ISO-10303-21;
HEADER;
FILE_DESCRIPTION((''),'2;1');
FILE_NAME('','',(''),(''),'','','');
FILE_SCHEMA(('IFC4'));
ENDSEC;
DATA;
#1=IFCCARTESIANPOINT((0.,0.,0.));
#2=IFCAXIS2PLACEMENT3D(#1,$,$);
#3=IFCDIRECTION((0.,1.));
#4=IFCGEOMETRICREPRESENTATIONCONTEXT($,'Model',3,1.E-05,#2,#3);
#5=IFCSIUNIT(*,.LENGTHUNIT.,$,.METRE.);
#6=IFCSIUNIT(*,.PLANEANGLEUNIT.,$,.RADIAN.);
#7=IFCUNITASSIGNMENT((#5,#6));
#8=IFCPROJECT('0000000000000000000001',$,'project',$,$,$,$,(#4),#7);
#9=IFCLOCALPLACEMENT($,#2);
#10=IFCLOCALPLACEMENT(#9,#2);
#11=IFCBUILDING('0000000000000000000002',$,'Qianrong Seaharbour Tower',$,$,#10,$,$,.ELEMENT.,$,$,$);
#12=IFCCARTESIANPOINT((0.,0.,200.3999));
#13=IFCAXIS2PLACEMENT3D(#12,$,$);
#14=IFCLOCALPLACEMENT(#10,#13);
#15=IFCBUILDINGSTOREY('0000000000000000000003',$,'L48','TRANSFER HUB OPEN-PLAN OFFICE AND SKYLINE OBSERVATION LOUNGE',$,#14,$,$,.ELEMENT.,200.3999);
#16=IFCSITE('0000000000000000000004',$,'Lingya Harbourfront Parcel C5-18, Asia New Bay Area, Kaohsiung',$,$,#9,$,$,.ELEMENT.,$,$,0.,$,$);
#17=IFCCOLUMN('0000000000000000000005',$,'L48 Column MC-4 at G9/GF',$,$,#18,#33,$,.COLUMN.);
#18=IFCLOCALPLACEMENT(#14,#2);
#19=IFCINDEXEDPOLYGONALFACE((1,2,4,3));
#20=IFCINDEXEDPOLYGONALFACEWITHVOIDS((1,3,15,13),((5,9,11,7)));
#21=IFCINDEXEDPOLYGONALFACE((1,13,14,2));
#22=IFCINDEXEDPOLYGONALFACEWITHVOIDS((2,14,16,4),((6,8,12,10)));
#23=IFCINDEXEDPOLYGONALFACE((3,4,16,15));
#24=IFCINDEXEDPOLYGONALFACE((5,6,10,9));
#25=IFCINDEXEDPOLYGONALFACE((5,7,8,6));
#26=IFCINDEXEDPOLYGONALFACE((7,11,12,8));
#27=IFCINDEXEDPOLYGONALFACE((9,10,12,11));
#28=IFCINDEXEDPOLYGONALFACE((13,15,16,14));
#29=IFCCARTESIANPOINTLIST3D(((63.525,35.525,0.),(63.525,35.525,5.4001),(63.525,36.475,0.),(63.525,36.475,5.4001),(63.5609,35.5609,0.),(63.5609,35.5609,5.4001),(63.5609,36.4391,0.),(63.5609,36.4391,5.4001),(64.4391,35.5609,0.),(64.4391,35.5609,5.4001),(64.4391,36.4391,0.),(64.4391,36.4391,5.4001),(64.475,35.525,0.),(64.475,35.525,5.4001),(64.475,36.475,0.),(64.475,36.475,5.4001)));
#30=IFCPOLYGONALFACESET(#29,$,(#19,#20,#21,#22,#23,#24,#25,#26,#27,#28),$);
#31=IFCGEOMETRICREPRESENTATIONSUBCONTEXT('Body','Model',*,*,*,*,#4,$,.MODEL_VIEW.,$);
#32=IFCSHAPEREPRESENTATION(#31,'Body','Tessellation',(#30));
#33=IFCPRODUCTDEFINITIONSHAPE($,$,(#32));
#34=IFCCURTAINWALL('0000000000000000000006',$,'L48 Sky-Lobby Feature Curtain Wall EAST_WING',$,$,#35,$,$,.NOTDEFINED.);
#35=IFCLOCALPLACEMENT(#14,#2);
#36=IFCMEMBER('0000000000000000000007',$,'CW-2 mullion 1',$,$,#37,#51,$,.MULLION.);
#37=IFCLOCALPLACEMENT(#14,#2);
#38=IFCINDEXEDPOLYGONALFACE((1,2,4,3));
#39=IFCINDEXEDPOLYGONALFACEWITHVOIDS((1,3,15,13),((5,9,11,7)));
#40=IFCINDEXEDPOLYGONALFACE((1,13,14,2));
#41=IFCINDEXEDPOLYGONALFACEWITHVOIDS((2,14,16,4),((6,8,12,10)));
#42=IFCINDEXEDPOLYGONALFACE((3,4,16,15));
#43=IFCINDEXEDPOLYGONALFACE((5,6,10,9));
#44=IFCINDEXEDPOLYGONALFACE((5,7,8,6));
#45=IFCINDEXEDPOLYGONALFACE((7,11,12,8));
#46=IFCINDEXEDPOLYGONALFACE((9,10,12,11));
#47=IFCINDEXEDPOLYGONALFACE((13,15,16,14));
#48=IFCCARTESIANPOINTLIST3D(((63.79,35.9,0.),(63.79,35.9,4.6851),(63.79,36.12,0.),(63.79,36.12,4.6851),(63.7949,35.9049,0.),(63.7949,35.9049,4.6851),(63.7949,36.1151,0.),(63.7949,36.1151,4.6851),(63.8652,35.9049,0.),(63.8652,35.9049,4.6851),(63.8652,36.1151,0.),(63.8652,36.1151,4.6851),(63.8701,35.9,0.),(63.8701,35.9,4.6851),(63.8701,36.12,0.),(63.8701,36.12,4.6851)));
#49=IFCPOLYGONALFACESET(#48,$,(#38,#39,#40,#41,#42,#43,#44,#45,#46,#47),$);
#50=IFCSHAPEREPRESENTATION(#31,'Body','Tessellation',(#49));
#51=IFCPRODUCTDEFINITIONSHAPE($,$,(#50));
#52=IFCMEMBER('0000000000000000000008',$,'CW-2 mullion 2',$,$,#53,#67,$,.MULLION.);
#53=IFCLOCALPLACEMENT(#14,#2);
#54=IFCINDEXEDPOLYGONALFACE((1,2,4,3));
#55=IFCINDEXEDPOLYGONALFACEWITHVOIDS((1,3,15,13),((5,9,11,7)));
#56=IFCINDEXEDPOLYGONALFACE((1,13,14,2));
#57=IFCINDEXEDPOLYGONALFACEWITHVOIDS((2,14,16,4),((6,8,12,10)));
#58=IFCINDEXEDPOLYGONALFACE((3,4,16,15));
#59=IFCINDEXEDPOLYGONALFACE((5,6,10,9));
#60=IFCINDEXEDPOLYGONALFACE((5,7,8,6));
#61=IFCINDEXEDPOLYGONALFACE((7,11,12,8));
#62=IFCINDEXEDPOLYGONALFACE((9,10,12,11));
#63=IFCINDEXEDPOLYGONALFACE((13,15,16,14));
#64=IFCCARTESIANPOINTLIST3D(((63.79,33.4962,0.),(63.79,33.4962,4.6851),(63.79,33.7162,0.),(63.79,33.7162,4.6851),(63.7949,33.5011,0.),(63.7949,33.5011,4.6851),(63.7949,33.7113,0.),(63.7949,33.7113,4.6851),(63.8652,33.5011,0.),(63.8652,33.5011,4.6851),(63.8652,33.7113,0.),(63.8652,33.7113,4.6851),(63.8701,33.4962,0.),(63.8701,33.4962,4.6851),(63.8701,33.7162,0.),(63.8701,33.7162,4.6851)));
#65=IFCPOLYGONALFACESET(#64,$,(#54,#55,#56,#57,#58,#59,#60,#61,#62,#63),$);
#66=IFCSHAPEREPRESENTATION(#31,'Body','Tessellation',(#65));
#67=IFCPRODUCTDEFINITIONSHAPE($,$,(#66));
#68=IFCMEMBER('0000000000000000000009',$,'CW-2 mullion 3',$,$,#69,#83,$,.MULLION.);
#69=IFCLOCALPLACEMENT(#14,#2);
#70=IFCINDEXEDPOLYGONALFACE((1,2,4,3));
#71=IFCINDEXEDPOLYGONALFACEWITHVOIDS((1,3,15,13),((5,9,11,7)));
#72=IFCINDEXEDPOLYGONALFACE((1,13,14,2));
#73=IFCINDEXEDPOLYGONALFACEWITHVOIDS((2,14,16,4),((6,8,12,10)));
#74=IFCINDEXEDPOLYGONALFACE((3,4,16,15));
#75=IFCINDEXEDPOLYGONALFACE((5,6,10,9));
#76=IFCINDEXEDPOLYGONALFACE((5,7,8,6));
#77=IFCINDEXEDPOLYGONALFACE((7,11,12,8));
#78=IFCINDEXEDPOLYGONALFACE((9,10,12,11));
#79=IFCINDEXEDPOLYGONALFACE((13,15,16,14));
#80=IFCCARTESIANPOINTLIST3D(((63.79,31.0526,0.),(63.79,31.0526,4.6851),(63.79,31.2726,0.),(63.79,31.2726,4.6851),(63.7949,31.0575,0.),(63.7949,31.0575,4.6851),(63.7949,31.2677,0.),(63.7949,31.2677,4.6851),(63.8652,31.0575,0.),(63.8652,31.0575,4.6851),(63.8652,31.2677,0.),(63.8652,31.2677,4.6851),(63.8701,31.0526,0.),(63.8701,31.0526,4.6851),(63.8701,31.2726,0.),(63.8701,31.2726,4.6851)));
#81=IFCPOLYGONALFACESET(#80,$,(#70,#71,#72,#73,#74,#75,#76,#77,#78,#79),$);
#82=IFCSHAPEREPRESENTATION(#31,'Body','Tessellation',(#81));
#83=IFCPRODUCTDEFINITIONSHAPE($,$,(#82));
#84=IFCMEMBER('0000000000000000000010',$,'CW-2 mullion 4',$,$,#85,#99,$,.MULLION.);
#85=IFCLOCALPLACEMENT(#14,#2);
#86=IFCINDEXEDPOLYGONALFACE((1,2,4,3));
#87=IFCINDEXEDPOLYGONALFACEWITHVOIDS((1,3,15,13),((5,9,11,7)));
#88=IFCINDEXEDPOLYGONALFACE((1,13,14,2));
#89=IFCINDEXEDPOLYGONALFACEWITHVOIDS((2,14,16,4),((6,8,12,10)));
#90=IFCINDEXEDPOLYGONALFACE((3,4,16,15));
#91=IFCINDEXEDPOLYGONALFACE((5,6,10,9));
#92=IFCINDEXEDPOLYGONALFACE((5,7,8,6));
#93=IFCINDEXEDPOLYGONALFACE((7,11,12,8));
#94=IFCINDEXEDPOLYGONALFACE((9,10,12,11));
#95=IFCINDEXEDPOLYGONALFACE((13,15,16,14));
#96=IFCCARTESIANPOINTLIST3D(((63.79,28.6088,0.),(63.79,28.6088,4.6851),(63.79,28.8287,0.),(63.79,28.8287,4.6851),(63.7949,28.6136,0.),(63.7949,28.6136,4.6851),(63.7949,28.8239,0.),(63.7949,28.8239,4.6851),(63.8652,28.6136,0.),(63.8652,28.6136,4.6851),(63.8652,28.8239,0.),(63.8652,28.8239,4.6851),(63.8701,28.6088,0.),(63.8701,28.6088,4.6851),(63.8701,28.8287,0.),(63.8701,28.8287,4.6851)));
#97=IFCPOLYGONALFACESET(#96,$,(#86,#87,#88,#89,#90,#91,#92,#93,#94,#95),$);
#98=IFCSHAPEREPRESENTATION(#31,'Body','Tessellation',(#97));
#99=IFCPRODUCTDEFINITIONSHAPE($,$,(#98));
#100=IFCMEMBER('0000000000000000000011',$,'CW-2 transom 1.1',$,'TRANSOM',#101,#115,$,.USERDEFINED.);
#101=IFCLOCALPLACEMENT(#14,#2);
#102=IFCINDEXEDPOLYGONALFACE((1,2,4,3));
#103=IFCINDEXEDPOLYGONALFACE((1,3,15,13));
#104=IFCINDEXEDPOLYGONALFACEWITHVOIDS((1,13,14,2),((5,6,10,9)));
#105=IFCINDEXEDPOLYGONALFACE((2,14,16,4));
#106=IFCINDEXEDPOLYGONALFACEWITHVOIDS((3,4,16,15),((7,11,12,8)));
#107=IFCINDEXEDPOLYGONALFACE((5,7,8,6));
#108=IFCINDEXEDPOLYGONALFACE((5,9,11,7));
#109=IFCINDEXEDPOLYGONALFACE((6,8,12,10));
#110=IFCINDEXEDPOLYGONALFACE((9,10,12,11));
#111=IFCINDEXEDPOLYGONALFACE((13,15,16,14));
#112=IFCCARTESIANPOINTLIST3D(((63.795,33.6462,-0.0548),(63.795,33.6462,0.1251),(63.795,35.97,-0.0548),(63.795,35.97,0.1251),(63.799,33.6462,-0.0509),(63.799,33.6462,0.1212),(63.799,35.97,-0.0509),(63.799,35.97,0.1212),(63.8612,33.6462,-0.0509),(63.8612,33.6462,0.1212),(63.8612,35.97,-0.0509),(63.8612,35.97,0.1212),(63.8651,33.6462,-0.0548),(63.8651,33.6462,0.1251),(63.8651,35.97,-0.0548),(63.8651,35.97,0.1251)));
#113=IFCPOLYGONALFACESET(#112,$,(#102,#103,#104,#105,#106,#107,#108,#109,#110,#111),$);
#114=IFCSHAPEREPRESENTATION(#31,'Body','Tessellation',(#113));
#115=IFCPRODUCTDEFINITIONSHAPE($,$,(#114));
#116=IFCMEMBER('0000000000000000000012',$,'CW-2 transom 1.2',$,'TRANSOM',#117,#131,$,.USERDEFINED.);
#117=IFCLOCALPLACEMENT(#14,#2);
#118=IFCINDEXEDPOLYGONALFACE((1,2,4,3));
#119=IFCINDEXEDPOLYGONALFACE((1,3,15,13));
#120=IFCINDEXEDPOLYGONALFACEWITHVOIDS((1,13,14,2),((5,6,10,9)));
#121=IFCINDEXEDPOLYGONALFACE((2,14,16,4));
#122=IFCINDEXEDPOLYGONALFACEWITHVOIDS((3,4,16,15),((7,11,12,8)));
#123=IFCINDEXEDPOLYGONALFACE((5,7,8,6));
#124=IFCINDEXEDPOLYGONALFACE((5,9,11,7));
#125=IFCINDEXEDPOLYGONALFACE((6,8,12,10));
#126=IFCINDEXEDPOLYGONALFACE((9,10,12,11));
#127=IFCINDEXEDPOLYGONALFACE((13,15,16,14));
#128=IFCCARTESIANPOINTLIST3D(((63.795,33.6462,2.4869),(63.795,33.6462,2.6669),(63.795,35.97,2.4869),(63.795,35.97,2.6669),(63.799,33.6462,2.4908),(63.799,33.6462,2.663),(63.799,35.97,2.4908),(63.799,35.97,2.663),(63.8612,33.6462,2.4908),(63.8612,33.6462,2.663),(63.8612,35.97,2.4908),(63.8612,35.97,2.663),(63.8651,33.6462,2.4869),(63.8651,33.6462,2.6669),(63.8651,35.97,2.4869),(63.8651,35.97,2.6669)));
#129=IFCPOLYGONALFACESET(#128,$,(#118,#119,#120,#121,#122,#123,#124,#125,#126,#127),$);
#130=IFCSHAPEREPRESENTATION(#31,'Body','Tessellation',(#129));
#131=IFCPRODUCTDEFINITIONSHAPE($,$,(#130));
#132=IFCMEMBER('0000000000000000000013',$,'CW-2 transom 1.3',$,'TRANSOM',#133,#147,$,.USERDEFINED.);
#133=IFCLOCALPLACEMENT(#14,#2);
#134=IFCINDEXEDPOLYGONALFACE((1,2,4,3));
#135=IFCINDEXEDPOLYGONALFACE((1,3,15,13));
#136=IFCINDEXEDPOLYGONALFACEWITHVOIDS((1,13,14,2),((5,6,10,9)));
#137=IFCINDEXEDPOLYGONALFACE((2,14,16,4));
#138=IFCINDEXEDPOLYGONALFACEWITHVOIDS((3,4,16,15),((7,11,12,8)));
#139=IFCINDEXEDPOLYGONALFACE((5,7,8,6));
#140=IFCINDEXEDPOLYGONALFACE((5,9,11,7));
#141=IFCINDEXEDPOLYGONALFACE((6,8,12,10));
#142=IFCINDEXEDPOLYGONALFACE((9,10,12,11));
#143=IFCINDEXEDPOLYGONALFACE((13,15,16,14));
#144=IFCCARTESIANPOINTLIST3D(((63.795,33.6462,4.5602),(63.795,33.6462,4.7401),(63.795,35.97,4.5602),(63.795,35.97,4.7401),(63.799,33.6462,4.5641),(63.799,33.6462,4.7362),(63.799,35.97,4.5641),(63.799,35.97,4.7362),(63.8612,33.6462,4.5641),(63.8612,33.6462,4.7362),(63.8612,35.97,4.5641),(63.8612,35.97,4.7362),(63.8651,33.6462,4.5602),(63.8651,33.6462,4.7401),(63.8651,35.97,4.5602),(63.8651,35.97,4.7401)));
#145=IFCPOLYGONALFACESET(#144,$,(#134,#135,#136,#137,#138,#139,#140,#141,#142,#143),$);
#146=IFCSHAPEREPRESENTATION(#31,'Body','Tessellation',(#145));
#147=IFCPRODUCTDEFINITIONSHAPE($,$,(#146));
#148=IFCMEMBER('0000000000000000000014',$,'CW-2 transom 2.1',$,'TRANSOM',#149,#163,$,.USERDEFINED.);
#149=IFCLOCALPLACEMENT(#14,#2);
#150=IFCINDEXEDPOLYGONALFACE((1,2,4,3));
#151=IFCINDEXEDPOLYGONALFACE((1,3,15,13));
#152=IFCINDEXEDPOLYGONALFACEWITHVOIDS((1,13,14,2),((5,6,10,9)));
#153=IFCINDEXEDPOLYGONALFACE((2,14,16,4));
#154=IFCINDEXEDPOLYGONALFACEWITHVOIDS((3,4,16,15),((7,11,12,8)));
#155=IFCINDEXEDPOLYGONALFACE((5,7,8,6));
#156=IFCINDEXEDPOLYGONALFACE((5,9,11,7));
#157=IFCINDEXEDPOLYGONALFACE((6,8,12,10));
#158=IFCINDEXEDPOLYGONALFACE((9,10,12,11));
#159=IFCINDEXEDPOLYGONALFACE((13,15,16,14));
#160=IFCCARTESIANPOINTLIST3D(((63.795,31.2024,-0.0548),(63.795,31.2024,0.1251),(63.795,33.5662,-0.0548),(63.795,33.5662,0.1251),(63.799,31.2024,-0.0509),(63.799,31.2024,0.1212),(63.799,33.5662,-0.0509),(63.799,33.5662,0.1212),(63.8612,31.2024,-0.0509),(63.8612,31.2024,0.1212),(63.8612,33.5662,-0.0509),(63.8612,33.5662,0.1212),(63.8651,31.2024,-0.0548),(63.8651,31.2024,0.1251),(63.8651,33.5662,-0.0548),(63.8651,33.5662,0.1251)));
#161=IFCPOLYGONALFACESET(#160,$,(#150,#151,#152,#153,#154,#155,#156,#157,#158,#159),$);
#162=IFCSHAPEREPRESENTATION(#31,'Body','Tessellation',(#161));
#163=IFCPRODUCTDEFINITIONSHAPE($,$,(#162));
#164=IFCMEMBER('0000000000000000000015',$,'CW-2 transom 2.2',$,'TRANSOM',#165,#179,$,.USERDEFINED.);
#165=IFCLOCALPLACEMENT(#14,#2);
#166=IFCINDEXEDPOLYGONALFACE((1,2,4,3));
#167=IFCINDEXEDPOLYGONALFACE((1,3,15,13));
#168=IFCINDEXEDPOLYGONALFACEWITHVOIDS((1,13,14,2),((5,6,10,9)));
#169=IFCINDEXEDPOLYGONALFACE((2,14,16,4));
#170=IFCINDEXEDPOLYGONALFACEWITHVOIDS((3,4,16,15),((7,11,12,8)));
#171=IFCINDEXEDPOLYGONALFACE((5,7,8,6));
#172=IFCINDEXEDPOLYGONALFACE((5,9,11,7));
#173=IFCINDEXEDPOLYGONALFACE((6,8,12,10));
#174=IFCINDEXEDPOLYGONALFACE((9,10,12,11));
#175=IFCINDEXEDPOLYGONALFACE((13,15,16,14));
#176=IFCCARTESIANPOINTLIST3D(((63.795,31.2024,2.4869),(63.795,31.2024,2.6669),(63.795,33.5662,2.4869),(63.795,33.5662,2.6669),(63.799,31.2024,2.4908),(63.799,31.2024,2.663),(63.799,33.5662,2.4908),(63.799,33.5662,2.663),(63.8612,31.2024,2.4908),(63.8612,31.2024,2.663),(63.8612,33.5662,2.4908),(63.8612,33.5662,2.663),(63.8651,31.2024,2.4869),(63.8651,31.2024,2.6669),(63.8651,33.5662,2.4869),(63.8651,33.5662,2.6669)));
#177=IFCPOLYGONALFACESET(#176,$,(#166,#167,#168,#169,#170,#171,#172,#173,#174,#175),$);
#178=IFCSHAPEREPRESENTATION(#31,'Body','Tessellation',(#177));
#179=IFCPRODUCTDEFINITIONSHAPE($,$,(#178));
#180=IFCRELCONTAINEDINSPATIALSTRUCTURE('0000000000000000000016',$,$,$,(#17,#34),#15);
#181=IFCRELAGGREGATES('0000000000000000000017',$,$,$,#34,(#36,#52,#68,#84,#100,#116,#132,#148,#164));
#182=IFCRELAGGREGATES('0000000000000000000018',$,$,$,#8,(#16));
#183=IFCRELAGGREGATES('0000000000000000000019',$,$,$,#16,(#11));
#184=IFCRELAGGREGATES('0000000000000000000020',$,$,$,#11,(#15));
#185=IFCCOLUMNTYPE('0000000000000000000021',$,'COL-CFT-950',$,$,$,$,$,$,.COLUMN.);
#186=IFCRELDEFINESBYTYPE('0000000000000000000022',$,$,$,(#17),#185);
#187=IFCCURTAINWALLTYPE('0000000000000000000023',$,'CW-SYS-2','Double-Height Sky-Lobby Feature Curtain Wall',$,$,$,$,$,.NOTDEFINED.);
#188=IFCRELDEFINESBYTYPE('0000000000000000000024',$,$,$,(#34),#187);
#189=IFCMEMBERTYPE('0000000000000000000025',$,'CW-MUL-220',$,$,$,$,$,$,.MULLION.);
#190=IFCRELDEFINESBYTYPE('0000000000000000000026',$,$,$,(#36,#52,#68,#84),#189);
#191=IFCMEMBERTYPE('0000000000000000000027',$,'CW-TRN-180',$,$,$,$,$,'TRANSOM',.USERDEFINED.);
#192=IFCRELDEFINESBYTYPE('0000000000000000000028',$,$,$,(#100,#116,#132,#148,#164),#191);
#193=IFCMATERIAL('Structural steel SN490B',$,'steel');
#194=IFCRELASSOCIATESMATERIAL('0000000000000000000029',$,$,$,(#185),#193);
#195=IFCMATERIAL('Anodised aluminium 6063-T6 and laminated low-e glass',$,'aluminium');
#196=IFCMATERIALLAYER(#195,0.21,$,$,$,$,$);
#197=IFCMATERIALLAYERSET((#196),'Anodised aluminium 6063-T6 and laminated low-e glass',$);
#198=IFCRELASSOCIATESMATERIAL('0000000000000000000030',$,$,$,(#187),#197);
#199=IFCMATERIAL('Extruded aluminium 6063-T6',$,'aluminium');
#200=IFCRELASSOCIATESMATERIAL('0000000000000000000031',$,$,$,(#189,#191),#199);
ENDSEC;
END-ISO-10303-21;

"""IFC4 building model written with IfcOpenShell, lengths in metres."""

from ifc_helpers import new_model, si_unit, direction, frame, origin, origin_2d, place, context, subcontext, project, spatial, hollow_rectangle, extrude, material, layer, layer_set, material_profile, profile_set, type_object, element, aggregate, save


model = new_model("IFC4")

# Units and contexts
model_context = context("Model", 3, precision=1e-05, world=origin(), true_north=direction((0.0, 1.0)))
body_context = subcontext(model_context, "Body", "Model", "MODEL_VIEW")
ifc_project = project(units=[si_unit("LENGTHUNIT", "METRE"), si_unit("PLANEANGLEUNIT", "RADIAN")], contexts=[model_context])

# Site, building, storey
site_placement = place(None, origin())
site = spatial("IfcSite", under=ifc_project, at=site_placement, Name="Lingya Harbourfront Parcel C5-18, Asia New Bay Area, Kaohsiung", CompositionType="ELEMENT", RefElevation=0.0)
building_placement = place(site_placement, origin())
building = spatial("IfcBuilding", under=site, at=building_placement, Name="Qianrong Seaharbour Tower", CompositionType="ELEMENT")
storey_placement = place(building_placement, frame((0.0, 0.0, 200.3999)))
storey = spatial("IfcBuildingStorey", under=building, at=storey_placement, Name="L48", Description="TRANSFER HUB OPEN-PLAN OFFICE AND SKYLINE OBSERVATION LOUNGE", CompositionType="ELEMENT", Elevation=200.3999)

# Column
ifc_material_1 = material(Name="Structural steel SN490B", Category="steel")
ifc_material_profile_1 = material_profile(ifc_material_1, hollow_rectangle(XDim=0.95, YDim=0.95, WallThickness=0.0359, at=origin_2d()), Name="BOX950x950x36")
ifc_profile_set_1 = profile_set([ifc_material_profile_1], Name="Structural steel SN490B")
column_type = type_object("IfcColumnType", Name="COL-CFT-950", PredefinedType="COLUMN", material=ifc_profile_set_1)
column_placement = place(storey_placement, frame((64.0, 36.0, 0.0), z_axis=(0.0, 0.0, 1.0), x_axis=(1.0, 0.0, 0.0)))
element("IfcColumn", 1, at=column_placement, inside=storey, type_object=column_type, Name="L48 Column MC-4 at G9/GF", PredefinedType="COLUMN", context=body_context, shape_type="SweptSolid", body=[
    extrude(hollow_rectangle(XDim=0.95, YDim=0.95, WallThickness=0.0359, at=origin_2d()), origin(), (0.0, 0.0, 1.0), 5.4001),
])

# Curtain wall, members
ifc_material_2 = material(Name="Anodised aluminium 6063-T6 and laminated low-e glass", Category="aluminium")
ifc_layer_1 = layer(ifc_material_2, 0.21)
ifc_layer_set_1 = layer_set([ifc_layer_1], Name="Anodised aluminium 6063-T6 and laminated low-e glass")
curtain_wall_type = type_object("IfcCurtainWallType", Name="CW-SYS-2", Description="Double-Height Sky-Lobby Feature Curtain Wall", PredefinedType="NOTDEFINED", material=ifc_layer_set_1)
curtain_wall_placement = place(storey_placement, origin())
curtain_wall = element("IfcCurtainWall", 2, at=curtain_wall_placement, inside=storey, type_object=curtain_wall_type, Name="L48 Sky-Lobby Feature Curtain Wall EAST_WING", PredefinedType="NOTDEFINED")
ifc_material_3 = material(Name="Extruded aluminium 6063-T6", Category="aluminium")
ifc_material_profile_2 = material_profile(ifc_material_3, hollow_rectangle(XDim=0.0801, YDim=0.22, WallThickness=0.0049, at=origin_2d()), Name="ALU-MUL-220x80x5")
ifc_profile_set_2 = profile_set([ifc_material_profile_2], Name="Extruded aluminium 6063-T6")
member_type_1 = type_object("IfcMemberType", Name="CW-MUL-220", PredefinedType="MULLION", material=ifc_profile_set_2)
member_1_placement = place(storey_placement, frame((63.8301, 36.01, 0.0), z_axis=(0.0, 0.0, 1.0), x_axis=(1.0, 0.0, 0.0)))
member_1 = element("IfcMember", 3, at=member_1_placement, type_object=member_type_1, Name="CW-2 mullion 1", PredefinedType="MULLION", context=body_context, shape_type="SweptSolid", body=[
    extrude(hollow_rectangle(XDim=0.0801, YDim=0.22, WallThickness=0.0049, at=origin_2d()), origin(), (0.0, 0.0, 1.0), 4.6851),
])
member_2_placement = place(storey_placement, frame((63.8301, 33.6062, 0.0), z_axis=(0.0, 0.0, 1.0), x_axis=(1.0, 0.0, 0.0)))
member_2 = element("IfcMember", 4, at=member_2_placement, type_object=member_type_1, Name="CW-2 mullion 2", PredefinedType="MULLION", context=body_context, shape_type="SweptSolid", body=[
    extrude(hollow_rectangle(XDim=0.0801, YDim=0.22, WallThickness=0.0049, at=origin_2d()), origin(), (0.0, 0.0, 1.0), 4.6851),
])
member_3_placement = place(storey_placement, frame((63.8301, 31.1626, 0.0), z_axis=(0.0, 0.0, 1.0), x_axis=(1.0, 0.0, 0.0)))
member_3 = element("IfcMember", 5, at=member_3_placement, type_object=member_type_1, Name="CW-2 mullion 3", PredefinedType="MULLION", context=body_context, shape_type="SweptSolid", body=[
    extrude(hollow_rectangle(XDim=0.0801, YDim=0.22, WallThickness=0.0049, at=origin_2d()), origin(), (0.0, 0.0, 1.0), 4.6851),
])
member_4_placement = place(storey_placement, frame((63.8301, 28.7188, 0.0), z_axis=(0.0, 0.0, 1.0), x_axis=(1.0, 0.0, 0.0)))
member_4 = element("IfcMember", 6, at=member_4_placement, type_object=member_type_1, Name="CW-2 mullion 4", PredefinedType="MULLION", context=body_context, shape_type="SweptSolid", body=[
    extrude(hollow_rectangle(XDim=0.0801, YDim=0.22, WallThickness=0.0049, at=origin_2d()), origin(), (0.0, 0.0, 1.0), 4.6851),
])
ifc_material_profile_3 = material_profile(ifc_material_3, hollow_rectangle(XDim=0.0701, YDim=0.1799, WallThickness=0.0039, at=origin_2d()), Name="ALU-TRN-180x70x4")
ifc_profile_set_3 = profile_set([ifc_material_profile_3], Name="Extruded aluminium 6063-T6")
member_type_2 = type_object("IfcMemberType", Name="CW-TRN-180", ElementType="TRANSOM", PredefinedType="USERDEFINED", material=ifc_profile_set_3)
member_5_placement = place(storey_placement, frame((63.8301, 35.97, 0.0352), z_axis=(0.0, -1.0, 0.0), x_axis=(1.0, 0.0, 0.0)))
member_5 = element("IfcMember", 7, at=member_5_placement, type_object=member_type_2, Name="CW-2 transom 1.1", ObjectType="TRANSOM", PredefinedType="USERDEFINED", context=body_context, shape_type="SweptSolid", body=[
    extrude(hollow_rectangle(XDim=0.0701, YDim=0.1799, WallThickness=0.0039, at=origin_2d()), origin(), (0.0, 0.0, 1.0), 2.3237),
])
member_6_placement = place(storey_placement, frame((63.8301, 35.97, 2.5769), z_axis=(0.0, -1.0, 0.0), x_axis=(1.0, 0.0, 0.0)))
member_6 = element("IfcMember", 8, at=member_6_placement, type_object=member_type_2, Name="CW-2 transom 1.2", ObjectType="TRANSOM", PredefinedType="USERDEFINED", context=body_context, shape_type="SweptSolid", body=[
    extrude(hollow_rectangle(XDim=0.0701, YDim=0.1799, WallThickness=0.0039, at=origin_2d()), origin(), (0.0, 0.0, 1.0), 2.3237),
])
member_7_placement = place(storey_placement, frame((63.8301, 35.97, 4.6501), z_axis=(0.0, -1.0, 0.0), x_axis=(1.0, 0.0, 0.0)))
member_7 = element("IfcMember", 9, at=member_7_placement, type_object=member_type_2, Name="CW-2 transom 1.3", ObjectType="TRANSOM", PredefinedType="USERDEFINED", context=body_context, shape_type="SweptSolid", body=[
    extrude(hollow_rectangle(XDim=0.0701, YDim=0.1799, WallThickness=0.0039, at=origin_2d()), origin(), (0.0, 0.0, 1.0), 2.3237),
])
member_8_placement = place(storey_placement, frame((63.8301, 33.5662, 0.0352), z_axis=(0.0, -1.0, 0.0), x_axis=(1.0, 0.0, 0.0)))
member_8 = element("IfcMember", 10, at=member_8_placement, type_object=member_type_2, Name="CW-2 transom 2.1", ObjectType="TRANSOM", PredefinedType="USERDEFINED", context=body_context, shape_type="SweptSolid", body=[
    extrude(hollow_rectangle(XDim=0.0701, YDim=0.1799, WallThickness=0.0039, at=origin_2d()), origin(), (0.0, 0.0, 1.0), 2.3638),
])
member_9_placement = place(storey_placement, frame((63.8301, 33.5662, 2.5769), z_axis=(0.0, -1.0, 0.0), x_axis=(1.0, 0.0, 0.0)))
member_9 = element("IfcMember", 11, at=member_9_placement, type_object=member_type_2, Name="CW-2 transom 2.2", ObjectType="TRANSOM", PredefinedType="USERDEFINED", context=body_context, shape_type="SweptSolid", body=[
    extrude(hollow_rectangle(XDim=0.0701, YDim=0.1799, WallThickness=0.0039, at=origin_2d()), origin(), (0.0, 0.0, 1.0), 2.3638),
])
aggregate(curtain_wall, [member_1, member_2, member_3, member_4, member_5, member_6, member_7, member_8, member_9])

save(model, "model.ifc")
